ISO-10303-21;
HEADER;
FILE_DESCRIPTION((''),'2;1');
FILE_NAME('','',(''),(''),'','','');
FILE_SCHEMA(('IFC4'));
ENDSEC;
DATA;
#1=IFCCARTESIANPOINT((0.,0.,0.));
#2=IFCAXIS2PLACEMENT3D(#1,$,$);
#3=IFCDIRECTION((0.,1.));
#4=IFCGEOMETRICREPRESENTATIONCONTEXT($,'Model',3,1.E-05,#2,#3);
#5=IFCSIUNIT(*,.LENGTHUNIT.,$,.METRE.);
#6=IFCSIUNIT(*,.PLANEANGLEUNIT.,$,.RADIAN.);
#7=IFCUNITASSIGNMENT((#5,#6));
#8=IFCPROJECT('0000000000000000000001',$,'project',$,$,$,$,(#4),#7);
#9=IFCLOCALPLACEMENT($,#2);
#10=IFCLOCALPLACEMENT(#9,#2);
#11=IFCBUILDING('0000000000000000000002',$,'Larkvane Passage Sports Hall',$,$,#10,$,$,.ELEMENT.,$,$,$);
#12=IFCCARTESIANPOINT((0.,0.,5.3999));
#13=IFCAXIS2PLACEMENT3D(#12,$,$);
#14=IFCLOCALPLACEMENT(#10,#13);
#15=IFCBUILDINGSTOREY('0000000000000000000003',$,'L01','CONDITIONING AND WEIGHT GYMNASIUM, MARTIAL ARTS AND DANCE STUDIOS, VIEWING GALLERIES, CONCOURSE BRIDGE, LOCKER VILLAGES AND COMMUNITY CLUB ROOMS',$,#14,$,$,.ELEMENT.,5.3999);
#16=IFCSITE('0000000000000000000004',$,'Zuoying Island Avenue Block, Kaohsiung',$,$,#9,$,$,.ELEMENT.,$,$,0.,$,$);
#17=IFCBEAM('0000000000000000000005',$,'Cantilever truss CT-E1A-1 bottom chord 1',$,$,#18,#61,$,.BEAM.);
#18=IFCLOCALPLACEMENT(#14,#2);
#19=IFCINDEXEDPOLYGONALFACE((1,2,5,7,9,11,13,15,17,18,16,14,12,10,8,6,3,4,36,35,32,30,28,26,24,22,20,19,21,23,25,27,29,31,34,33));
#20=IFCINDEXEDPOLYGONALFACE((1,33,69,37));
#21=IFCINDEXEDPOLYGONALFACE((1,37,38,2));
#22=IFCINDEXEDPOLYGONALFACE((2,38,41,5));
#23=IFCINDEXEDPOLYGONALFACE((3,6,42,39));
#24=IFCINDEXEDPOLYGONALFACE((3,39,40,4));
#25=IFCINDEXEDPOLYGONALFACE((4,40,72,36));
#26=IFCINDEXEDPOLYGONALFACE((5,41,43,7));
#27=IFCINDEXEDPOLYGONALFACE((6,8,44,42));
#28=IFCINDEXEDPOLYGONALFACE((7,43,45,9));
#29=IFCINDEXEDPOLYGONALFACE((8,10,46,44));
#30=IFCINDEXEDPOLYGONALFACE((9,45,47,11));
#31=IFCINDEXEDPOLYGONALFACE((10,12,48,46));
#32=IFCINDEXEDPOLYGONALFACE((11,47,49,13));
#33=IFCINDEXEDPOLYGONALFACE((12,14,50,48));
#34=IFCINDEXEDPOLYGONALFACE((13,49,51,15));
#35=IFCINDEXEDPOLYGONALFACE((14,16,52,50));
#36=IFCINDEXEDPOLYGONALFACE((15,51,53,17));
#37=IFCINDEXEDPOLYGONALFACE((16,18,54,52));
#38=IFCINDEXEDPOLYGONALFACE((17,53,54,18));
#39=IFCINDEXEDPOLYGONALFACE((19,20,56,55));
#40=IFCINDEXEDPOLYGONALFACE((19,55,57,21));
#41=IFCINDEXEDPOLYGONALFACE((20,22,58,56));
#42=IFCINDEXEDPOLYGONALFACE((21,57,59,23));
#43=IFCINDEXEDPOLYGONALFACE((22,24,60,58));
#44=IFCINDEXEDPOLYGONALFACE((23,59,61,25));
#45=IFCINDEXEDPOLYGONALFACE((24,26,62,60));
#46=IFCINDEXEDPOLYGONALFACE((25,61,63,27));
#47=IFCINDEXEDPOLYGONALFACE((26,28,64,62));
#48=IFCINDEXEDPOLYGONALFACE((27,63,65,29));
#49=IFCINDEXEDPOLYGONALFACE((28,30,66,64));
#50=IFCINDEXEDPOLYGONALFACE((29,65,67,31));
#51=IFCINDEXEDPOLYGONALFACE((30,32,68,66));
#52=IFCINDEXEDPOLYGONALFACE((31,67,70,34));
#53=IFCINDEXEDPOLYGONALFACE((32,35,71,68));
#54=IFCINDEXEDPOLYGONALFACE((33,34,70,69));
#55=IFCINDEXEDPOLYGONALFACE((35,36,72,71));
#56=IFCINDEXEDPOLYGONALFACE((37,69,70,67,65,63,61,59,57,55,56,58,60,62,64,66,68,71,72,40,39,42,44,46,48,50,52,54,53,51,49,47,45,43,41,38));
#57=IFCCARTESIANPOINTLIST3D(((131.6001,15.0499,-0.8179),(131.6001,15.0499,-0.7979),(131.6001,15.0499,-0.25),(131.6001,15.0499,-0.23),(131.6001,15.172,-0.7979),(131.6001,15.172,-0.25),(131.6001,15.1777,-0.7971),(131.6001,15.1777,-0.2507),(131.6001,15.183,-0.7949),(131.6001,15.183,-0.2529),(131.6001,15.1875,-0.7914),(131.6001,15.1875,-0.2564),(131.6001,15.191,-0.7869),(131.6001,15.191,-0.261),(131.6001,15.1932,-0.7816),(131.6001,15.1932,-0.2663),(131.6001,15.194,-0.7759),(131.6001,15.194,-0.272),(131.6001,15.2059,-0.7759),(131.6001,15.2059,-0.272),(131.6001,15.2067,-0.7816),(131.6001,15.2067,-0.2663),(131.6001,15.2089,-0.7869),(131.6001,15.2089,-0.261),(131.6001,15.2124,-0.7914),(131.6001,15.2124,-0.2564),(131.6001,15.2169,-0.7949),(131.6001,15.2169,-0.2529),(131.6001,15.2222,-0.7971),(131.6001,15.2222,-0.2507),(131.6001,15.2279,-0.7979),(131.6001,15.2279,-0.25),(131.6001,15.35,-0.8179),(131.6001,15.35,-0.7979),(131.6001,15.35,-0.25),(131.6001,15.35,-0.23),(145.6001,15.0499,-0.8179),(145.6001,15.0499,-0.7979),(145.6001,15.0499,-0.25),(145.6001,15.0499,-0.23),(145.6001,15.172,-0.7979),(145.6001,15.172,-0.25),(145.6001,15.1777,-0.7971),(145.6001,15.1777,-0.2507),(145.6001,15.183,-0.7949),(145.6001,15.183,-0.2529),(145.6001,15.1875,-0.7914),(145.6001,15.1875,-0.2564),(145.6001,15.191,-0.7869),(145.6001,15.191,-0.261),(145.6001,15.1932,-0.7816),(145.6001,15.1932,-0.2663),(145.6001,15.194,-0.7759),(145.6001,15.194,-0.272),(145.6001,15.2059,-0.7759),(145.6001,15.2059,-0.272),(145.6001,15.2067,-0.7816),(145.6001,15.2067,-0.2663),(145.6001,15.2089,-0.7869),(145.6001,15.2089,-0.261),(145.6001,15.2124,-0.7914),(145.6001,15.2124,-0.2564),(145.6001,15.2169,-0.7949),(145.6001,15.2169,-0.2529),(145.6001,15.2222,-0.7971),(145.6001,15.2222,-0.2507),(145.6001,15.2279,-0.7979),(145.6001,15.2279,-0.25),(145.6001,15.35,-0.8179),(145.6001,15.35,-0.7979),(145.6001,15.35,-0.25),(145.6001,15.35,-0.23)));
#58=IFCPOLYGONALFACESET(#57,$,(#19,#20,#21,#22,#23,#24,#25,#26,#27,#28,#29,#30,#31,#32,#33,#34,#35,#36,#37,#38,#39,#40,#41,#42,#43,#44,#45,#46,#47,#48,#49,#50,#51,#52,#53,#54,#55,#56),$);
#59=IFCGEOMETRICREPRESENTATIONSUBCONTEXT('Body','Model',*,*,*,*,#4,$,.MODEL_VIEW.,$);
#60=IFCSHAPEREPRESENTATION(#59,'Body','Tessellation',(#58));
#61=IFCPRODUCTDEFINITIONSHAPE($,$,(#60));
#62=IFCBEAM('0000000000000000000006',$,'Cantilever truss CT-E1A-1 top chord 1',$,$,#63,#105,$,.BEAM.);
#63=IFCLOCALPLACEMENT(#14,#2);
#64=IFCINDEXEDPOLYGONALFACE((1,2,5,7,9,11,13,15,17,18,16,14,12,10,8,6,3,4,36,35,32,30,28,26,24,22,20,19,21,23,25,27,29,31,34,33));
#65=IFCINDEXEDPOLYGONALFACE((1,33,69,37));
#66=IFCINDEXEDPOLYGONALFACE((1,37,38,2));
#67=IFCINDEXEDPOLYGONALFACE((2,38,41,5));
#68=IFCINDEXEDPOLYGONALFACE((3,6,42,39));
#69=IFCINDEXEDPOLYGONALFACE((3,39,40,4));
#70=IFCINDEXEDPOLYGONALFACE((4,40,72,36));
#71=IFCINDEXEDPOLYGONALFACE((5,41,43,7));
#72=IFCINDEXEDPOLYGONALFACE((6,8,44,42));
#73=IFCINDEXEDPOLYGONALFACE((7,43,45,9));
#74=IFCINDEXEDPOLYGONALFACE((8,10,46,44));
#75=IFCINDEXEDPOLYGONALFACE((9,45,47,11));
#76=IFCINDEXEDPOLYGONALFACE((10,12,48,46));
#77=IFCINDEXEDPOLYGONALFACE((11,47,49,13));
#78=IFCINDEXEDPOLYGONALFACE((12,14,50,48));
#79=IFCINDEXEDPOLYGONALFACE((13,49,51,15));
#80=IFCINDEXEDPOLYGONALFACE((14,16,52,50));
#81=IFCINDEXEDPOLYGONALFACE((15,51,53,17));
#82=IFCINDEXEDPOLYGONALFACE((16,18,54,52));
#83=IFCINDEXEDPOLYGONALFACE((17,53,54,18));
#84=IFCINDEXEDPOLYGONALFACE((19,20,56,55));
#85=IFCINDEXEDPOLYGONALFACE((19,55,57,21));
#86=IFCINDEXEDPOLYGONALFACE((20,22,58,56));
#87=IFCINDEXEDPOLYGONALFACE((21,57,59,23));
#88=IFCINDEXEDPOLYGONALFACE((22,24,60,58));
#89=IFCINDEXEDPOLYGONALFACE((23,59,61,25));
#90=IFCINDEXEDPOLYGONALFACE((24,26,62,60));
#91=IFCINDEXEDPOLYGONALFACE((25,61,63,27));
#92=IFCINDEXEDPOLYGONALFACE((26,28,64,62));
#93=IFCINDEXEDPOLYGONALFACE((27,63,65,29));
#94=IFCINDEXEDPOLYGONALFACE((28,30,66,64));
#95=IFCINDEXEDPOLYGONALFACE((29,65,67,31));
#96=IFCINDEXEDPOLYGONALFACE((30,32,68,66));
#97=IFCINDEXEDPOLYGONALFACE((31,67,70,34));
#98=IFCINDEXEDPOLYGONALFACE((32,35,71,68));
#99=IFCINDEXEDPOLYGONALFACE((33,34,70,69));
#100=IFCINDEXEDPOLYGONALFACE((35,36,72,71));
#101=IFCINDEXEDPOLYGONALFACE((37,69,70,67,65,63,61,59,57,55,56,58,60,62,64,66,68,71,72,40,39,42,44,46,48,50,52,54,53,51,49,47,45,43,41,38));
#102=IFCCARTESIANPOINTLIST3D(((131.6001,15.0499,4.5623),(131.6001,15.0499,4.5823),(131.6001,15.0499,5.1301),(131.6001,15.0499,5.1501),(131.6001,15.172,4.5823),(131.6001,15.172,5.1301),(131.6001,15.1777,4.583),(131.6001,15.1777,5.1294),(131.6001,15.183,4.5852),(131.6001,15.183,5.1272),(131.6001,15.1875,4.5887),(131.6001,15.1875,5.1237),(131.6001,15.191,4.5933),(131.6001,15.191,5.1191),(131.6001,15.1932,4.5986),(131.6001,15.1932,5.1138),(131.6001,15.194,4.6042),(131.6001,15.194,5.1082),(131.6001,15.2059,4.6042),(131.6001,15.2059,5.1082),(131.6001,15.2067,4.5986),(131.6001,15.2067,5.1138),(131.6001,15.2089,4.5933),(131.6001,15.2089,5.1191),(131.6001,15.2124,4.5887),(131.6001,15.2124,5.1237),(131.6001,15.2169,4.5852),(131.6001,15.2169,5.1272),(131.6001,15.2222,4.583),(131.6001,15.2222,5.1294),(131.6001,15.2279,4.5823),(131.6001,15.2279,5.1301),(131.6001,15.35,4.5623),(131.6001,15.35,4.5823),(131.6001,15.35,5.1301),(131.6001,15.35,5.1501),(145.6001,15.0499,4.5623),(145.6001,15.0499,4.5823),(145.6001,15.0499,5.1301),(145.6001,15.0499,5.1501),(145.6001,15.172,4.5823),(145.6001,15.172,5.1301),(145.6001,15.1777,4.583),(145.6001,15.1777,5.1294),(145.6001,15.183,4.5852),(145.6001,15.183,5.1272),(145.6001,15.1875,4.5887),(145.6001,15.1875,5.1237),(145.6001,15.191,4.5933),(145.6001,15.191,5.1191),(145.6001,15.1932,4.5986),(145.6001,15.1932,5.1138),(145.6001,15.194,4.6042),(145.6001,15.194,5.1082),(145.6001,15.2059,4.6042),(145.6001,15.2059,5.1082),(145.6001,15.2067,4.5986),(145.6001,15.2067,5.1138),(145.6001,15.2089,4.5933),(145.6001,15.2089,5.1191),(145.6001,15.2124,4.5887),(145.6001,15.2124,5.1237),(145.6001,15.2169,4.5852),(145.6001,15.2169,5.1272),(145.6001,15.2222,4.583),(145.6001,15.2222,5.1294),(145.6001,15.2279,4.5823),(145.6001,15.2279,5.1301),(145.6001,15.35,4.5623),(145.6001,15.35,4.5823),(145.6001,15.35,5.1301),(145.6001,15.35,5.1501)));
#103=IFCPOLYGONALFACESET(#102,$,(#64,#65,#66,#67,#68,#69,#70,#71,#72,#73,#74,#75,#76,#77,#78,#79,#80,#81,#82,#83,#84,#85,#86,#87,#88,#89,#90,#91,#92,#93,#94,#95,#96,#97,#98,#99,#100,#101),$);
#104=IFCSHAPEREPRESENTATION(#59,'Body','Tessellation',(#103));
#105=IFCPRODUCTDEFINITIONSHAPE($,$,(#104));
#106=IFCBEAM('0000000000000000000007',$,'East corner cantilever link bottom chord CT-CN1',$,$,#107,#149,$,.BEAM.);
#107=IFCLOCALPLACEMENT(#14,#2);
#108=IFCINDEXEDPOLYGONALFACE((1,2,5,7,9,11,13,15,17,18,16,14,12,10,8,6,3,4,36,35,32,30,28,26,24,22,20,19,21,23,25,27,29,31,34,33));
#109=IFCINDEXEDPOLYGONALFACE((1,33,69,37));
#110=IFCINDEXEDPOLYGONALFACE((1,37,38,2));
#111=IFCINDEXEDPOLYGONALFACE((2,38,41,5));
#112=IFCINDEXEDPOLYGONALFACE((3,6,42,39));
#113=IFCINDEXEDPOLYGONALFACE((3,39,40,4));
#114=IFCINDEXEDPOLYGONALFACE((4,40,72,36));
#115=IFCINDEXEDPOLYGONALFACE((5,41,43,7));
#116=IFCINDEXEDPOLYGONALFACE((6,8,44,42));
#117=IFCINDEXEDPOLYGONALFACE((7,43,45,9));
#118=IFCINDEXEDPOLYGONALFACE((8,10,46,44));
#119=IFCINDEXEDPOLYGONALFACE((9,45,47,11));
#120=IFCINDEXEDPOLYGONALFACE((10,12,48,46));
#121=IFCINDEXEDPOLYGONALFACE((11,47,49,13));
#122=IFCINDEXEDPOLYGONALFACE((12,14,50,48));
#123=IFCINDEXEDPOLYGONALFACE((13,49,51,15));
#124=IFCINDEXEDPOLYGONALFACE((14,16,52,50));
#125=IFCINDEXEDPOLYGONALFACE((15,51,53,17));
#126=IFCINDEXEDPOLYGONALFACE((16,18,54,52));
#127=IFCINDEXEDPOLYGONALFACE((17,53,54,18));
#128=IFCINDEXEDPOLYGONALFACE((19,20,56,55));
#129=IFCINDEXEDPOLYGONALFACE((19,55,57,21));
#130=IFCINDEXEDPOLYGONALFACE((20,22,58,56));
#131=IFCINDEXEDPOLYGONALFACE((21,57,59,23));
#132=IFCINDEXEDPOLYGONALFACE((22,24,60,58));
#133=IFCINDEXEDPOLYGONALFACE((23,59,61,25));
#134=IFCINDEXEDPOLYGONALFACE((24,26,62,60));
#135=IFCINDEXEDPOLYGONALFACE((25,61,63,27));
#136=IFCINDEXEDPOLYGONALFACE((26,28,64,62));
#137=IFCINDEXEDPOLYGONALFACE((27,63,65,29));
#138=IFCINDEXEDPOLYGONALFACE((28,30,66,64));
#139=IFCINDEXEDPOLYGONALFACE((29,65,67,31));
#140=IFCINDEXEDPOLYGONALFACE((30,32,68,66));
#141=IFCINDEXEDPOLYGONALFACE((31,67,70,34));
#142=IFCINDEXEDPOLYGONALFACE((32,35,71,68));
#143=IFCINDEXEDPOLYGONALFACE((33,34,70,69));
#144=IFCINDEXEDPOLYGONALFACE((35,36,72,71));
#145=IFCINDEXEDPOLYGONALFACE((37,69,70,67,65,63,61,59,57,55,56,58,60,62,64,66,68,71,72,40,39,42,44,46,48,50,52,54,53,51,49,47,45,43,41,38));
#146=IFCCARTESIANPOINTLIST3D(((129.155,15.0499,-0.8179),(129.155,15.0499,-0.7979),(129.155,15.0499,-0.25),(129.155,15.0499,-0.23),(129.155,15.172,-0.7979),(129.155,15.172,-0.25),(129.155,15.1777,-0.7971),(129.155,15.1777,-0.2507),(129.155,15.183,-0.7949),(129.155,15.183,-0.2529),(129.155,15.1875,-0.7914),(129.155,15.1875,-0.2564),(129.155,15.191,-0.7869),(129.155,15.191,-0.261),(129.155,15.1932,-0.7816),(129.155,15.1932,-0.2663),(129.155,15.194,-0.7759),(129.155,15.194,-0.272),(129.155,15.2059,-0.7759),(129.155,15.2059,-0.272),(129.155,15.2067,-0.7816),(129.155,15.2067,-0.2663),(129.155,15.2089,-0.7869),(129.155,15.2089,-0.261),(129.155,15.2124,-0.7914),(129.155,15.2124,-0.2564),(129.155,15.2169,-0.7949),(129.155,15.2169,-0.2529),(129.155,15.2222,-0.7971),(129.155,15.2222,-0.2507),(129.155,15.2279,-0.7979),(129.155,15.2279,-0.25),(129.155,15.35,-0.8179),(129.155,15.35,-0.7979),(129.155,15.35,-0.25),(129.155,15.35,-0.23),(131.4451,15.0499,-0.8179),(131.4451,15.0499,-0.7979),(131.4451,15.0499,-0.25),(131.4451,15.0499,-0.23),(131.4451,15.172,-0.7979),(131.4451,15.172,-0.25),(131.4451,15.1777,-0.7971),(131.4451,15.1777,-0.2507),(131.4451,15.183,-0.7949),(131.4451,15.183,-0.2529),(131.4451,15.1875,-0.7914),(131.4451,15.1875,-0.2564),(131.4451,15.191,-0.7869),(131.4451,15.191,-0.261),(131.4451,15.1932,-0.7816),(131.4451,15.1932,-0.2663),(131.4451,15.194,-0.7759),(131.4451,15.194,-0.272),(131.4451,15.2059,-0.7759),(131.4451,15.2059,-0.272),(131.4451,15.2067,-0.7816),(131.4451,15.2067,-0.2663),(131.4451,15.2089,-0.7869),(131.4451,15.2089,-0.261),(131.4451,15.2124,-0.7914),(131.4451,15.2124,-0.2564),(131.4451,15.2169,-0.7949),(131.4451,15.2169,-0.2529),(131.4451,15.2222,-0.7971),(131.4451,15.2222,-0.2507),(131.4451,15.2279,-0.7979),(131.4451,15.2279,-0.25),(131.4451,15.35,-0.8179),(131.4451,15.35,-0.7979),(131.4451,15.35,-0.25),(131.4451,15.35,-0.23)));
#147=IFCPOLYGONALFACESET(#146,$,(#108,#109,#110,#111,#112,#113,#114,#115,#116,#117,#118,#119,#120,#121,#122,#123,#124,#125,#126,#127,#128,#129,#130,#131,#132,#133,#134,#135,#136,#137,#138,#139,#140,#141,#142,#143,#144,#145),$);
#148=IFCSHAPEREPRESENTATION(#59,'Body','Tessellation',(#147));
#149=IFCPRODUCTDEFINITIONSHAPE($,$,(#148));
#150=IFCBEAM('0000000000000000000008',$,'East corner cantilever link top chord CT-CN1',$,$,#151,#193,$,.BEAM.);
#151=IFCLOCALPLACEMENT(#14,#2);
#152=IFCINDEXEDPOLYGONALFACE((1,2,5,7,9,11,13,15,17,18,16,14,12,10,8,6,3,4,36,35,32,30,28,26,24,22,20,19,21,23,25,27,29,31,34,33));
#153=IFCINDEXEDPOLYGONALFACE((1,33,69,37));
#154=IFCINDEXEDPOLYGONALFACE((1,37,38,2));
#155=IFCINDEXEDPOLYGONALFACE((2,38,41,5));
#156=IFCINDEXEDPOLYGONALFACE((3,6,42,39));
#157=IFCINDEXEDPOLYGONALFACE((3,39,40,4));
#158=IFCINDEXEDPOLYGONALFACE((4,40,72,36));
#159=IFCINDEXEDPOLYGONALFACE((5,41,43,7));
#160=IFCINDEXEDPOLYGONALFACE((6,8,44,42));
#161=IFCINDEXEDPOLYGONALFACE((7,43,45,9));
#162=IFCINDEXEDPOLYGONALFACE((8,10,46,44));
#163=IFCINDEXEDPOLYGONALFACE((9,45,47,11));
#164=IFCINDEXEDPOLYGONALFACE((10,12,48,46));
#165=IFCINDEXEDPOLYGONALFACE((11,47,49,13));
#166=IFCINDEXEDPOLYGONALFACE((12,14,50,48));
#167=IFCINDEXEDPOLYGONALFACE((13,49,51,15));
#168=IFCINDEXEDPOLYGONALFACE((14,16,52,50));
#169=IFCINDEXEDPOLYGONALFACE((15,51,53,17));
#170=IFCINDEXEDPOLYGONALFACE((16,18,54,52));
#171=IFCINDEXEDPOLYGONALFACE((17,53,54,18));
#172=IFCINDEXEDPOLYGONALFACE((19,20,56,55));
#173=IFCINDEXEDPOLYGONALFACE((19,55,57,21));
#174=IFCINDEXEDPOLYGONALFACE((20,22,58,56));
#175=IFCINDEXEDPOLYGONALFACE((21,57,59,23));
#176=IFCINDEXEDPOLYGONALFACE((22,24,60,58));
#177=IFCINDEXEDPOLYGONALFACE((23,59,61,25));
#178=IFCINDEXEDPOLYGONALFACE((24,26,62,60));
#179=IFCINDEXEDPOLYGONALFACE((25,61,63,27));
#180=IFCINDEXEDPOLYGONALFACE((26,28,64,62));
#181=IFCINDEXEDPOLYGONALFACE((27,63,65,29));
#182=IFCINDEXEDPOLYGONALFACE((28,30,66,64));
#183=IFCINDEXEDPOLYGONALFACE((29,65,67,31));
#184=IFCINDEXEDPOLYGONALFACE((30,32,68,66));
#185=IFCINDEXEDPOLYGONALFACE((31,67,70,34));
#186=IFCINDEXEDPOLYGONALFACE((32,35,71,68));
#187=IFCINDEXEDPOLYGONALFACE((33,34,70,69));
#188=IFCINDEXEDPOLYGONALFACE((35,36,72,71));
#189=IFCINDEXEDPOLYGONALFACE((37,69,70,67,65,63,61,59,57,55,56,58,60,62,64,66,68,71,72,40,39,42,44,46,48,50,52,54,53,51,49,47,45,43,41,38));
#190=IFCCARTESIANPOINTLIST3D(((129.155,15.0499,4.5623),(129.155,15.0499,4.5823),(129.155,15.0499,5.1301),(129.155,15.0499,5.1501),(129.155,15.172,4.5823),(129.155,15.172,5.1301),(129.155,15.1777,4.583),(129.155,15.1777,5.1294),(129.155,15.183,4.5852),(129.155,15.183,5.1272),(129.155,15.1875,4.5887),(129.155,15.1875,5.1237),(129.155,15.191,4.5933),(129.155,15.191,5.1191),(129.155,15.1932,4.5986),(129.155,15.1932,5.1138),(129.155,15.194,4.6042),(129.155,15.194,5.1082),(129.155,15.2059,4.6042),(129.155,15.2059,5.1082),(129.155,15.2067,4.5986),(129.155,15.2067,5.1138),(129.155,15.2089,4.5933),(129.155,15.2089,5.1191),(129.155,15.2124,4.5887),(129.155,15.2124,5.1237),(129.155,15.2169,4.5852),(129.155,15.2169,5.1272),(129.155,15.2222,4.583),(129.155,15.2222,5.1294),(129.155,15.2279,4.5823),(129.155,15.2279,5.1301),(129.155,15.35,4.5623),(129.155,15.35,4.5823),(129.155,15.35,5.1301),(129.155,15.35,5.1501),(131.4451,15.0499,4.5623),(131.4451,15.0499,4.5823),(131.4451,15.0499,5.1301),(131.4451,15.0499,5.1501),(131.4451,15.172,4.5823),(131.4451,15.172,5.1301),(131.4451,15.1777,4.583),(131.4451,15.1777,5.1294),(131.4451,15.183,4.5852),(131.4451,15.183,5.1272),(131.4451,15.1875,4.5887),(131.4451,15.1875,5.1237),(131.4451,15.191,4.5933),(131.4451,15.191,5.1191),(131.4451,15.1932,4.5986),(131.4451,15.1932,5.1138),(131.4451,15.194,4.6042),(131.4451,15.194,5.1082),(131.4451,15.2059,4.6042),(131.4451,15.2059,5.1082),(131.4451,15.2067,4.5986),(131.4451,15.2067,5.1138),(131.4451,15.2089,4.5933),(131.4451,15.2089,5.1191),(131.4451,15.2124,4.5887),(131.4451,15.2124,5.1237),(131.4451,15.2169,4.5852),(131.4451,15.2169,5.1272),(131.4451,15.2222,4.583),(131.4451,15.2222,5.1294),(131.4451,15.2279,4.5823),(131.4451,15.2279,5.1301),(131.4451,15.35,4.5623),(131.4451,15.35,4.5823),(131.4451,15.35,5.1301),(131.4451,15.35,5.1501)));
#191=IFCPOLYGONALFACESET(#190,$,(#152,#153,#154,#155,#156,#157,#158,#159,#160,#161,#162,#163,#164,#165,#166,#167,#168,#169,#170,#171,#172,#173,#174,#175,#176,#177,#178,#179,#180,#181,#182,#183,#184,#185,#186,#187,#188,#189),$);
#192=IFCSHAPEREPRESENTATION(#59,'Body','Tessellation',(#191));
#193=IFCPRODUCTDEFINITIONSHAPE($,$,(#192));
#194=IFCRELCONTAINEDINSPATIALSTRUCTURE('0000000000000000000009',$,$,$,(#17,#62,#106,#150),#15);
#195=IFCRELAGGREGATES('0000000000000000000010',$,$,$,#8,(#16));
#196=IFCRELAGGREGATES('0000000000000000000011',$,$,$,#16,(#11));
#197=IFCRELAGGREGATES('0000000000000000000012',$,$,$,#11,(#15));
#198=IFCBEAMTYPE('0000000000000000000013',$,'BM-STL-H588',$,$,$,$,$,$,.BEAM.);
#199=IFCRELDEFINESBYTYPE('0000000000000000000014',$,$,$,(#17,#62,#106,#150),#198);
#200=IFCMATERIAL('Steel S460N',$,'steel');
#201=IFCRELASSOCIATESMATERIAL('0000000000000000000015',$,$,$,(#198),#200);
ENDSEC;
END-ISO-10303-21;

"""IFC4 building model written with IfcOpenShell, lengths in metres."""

from ifc_helpers import new_model, si_unit, direction, frame, origin, origin_2d, place, context, subcontext, project, spatial, i_section, extrude, material, material_profile, profile_set, type_object, element, save


model = new_model("IFC4")

# Units and contexts
model_context = context("Model", 3, precision=1e-05, world=origin(), true_north=direction((0.0, 1.0)))
body_context = subcontext(model_context, "Body", "Model", "MODEL_VIEW")
ifc_project = project(units=[si_unit("LENGTHUNIT", "METRE"), si_unit("PLANEANGLEUNIT", "RADIAN")], contexts=[model_context])

# Site, building, storey
site_placement = place(None, origin())
site = spatial("IfcSite", under=ifc_project, at=site_placement, Name="Zuoying Island Avenue Block, Kaohsiung", CompositionType="ELEMENT", RefElevation=0.0)
building_placement = place(site_placement, origin())
building = spatial("IfcBuilding", under=site, at=building_placement, Name="Larkvane Passage Sports Hall", CompositionType="ELEMENT")
storey_placement = place(building_placement, frame((0.0, 0.0, 5.3999)))
storey = spatial("IfcBuildingStorey", under=building, at=storey_placement, Name="L01", Description="CONDITIONING AND WEIGHT GYMNASIUM, MARTIAL ARTS AND DANCE STUDIOS, VIEWING GALLERIES, CONCOURSE BRIDGE, LOCKER VILLAGES AND COMMUNITY CLUB ROOMS", CompositionType="ELEMENT", Elevation=5.3999)

# Beams
ifc_material_1 = material(Name="Steel S460N", Category="steel")
ifc_material_profile_1 = material_profile(ifc_material_1, i_section(OverallWidth=0.3, OverallDepth=0.5879, WebThickness=0.012, FlangeThickness=0.02, FilletRadius=0.022, at=origin_2d()), Name="H-588x300x12x20")
ifc_profile_set_1 = profile_set([ifc_material_profile_1], Name="Steel S460N")
beam_type = type_object("IfcBeamType", Name="BM-STL-H588", PredefinedType="BEAM", material=ifc_profile_set_1)
for number, where, z_axis, x_axis, name in (
    (1, (131.6001, 15.2, -0.5239), (1.0, 0.0, 0.0), (0.0, 1.0, 0.0), "Cantilever truss CT-E1A-1 bottom chord 1"),
    (2, (131.6001, 15.2, 4.8562), (1.0, 0.0, 0.0), (0.0, 1.0, 0.0), "Cantilever truss CT-E1A-1 top chord 1"),
):
    element("IfcBeam", number, at=place(storey_placement, frame(where, z_axis=z_axis, x_axis=x_axis)), inside=storey, type_object=beam_type, Name=name, PredefinedType="BEAM", context=body_context, shape_type="SweptSolid", body=[
        extrude(i_section(OverallWidth=0.3, OverallDepth=0.5879, WebThickness=0.012, FlangeThickness=0.02, FilletRadius=0.022, at=origin_2d()), origin(), (0.0, 0.0, 1.0), 14.0),
    ])
for number, where, z_axis, x_axis, name in (
    (3, (129.155, 15.2, -0.5239), (1.0, 0.0, 0.0), (0.0, 1.0, 0.0), "East corner cantilever link bottom chord CT-CN1"),
    (4, (129.155, 15.2, 4.8562), (1.0, 0.0, 0.0), (0.0, 1.0, 0.0), "East corner cantilever link top chord CT-CN1"),
):
    element("IfcBeam", number, at=place(storey_placement, frame(where, z_axis=z_axis, x_axis=x_axis)), inside=storey, type_object=beam_type, Name=name, PredefinedType="BEAM", context=body_context, shape_type="SweptSolid", body=[
        extrude(i_section(OverallWidth=0.3, OverallDepth=0.5879, WebThickness=0.012, FlangeThickness=0.02, FilletRadius=0.022, at=origin_2d()), origin(), (0.0, 0.0, 1.0), 2.29),
    ])

save(model, "model.ifc")
